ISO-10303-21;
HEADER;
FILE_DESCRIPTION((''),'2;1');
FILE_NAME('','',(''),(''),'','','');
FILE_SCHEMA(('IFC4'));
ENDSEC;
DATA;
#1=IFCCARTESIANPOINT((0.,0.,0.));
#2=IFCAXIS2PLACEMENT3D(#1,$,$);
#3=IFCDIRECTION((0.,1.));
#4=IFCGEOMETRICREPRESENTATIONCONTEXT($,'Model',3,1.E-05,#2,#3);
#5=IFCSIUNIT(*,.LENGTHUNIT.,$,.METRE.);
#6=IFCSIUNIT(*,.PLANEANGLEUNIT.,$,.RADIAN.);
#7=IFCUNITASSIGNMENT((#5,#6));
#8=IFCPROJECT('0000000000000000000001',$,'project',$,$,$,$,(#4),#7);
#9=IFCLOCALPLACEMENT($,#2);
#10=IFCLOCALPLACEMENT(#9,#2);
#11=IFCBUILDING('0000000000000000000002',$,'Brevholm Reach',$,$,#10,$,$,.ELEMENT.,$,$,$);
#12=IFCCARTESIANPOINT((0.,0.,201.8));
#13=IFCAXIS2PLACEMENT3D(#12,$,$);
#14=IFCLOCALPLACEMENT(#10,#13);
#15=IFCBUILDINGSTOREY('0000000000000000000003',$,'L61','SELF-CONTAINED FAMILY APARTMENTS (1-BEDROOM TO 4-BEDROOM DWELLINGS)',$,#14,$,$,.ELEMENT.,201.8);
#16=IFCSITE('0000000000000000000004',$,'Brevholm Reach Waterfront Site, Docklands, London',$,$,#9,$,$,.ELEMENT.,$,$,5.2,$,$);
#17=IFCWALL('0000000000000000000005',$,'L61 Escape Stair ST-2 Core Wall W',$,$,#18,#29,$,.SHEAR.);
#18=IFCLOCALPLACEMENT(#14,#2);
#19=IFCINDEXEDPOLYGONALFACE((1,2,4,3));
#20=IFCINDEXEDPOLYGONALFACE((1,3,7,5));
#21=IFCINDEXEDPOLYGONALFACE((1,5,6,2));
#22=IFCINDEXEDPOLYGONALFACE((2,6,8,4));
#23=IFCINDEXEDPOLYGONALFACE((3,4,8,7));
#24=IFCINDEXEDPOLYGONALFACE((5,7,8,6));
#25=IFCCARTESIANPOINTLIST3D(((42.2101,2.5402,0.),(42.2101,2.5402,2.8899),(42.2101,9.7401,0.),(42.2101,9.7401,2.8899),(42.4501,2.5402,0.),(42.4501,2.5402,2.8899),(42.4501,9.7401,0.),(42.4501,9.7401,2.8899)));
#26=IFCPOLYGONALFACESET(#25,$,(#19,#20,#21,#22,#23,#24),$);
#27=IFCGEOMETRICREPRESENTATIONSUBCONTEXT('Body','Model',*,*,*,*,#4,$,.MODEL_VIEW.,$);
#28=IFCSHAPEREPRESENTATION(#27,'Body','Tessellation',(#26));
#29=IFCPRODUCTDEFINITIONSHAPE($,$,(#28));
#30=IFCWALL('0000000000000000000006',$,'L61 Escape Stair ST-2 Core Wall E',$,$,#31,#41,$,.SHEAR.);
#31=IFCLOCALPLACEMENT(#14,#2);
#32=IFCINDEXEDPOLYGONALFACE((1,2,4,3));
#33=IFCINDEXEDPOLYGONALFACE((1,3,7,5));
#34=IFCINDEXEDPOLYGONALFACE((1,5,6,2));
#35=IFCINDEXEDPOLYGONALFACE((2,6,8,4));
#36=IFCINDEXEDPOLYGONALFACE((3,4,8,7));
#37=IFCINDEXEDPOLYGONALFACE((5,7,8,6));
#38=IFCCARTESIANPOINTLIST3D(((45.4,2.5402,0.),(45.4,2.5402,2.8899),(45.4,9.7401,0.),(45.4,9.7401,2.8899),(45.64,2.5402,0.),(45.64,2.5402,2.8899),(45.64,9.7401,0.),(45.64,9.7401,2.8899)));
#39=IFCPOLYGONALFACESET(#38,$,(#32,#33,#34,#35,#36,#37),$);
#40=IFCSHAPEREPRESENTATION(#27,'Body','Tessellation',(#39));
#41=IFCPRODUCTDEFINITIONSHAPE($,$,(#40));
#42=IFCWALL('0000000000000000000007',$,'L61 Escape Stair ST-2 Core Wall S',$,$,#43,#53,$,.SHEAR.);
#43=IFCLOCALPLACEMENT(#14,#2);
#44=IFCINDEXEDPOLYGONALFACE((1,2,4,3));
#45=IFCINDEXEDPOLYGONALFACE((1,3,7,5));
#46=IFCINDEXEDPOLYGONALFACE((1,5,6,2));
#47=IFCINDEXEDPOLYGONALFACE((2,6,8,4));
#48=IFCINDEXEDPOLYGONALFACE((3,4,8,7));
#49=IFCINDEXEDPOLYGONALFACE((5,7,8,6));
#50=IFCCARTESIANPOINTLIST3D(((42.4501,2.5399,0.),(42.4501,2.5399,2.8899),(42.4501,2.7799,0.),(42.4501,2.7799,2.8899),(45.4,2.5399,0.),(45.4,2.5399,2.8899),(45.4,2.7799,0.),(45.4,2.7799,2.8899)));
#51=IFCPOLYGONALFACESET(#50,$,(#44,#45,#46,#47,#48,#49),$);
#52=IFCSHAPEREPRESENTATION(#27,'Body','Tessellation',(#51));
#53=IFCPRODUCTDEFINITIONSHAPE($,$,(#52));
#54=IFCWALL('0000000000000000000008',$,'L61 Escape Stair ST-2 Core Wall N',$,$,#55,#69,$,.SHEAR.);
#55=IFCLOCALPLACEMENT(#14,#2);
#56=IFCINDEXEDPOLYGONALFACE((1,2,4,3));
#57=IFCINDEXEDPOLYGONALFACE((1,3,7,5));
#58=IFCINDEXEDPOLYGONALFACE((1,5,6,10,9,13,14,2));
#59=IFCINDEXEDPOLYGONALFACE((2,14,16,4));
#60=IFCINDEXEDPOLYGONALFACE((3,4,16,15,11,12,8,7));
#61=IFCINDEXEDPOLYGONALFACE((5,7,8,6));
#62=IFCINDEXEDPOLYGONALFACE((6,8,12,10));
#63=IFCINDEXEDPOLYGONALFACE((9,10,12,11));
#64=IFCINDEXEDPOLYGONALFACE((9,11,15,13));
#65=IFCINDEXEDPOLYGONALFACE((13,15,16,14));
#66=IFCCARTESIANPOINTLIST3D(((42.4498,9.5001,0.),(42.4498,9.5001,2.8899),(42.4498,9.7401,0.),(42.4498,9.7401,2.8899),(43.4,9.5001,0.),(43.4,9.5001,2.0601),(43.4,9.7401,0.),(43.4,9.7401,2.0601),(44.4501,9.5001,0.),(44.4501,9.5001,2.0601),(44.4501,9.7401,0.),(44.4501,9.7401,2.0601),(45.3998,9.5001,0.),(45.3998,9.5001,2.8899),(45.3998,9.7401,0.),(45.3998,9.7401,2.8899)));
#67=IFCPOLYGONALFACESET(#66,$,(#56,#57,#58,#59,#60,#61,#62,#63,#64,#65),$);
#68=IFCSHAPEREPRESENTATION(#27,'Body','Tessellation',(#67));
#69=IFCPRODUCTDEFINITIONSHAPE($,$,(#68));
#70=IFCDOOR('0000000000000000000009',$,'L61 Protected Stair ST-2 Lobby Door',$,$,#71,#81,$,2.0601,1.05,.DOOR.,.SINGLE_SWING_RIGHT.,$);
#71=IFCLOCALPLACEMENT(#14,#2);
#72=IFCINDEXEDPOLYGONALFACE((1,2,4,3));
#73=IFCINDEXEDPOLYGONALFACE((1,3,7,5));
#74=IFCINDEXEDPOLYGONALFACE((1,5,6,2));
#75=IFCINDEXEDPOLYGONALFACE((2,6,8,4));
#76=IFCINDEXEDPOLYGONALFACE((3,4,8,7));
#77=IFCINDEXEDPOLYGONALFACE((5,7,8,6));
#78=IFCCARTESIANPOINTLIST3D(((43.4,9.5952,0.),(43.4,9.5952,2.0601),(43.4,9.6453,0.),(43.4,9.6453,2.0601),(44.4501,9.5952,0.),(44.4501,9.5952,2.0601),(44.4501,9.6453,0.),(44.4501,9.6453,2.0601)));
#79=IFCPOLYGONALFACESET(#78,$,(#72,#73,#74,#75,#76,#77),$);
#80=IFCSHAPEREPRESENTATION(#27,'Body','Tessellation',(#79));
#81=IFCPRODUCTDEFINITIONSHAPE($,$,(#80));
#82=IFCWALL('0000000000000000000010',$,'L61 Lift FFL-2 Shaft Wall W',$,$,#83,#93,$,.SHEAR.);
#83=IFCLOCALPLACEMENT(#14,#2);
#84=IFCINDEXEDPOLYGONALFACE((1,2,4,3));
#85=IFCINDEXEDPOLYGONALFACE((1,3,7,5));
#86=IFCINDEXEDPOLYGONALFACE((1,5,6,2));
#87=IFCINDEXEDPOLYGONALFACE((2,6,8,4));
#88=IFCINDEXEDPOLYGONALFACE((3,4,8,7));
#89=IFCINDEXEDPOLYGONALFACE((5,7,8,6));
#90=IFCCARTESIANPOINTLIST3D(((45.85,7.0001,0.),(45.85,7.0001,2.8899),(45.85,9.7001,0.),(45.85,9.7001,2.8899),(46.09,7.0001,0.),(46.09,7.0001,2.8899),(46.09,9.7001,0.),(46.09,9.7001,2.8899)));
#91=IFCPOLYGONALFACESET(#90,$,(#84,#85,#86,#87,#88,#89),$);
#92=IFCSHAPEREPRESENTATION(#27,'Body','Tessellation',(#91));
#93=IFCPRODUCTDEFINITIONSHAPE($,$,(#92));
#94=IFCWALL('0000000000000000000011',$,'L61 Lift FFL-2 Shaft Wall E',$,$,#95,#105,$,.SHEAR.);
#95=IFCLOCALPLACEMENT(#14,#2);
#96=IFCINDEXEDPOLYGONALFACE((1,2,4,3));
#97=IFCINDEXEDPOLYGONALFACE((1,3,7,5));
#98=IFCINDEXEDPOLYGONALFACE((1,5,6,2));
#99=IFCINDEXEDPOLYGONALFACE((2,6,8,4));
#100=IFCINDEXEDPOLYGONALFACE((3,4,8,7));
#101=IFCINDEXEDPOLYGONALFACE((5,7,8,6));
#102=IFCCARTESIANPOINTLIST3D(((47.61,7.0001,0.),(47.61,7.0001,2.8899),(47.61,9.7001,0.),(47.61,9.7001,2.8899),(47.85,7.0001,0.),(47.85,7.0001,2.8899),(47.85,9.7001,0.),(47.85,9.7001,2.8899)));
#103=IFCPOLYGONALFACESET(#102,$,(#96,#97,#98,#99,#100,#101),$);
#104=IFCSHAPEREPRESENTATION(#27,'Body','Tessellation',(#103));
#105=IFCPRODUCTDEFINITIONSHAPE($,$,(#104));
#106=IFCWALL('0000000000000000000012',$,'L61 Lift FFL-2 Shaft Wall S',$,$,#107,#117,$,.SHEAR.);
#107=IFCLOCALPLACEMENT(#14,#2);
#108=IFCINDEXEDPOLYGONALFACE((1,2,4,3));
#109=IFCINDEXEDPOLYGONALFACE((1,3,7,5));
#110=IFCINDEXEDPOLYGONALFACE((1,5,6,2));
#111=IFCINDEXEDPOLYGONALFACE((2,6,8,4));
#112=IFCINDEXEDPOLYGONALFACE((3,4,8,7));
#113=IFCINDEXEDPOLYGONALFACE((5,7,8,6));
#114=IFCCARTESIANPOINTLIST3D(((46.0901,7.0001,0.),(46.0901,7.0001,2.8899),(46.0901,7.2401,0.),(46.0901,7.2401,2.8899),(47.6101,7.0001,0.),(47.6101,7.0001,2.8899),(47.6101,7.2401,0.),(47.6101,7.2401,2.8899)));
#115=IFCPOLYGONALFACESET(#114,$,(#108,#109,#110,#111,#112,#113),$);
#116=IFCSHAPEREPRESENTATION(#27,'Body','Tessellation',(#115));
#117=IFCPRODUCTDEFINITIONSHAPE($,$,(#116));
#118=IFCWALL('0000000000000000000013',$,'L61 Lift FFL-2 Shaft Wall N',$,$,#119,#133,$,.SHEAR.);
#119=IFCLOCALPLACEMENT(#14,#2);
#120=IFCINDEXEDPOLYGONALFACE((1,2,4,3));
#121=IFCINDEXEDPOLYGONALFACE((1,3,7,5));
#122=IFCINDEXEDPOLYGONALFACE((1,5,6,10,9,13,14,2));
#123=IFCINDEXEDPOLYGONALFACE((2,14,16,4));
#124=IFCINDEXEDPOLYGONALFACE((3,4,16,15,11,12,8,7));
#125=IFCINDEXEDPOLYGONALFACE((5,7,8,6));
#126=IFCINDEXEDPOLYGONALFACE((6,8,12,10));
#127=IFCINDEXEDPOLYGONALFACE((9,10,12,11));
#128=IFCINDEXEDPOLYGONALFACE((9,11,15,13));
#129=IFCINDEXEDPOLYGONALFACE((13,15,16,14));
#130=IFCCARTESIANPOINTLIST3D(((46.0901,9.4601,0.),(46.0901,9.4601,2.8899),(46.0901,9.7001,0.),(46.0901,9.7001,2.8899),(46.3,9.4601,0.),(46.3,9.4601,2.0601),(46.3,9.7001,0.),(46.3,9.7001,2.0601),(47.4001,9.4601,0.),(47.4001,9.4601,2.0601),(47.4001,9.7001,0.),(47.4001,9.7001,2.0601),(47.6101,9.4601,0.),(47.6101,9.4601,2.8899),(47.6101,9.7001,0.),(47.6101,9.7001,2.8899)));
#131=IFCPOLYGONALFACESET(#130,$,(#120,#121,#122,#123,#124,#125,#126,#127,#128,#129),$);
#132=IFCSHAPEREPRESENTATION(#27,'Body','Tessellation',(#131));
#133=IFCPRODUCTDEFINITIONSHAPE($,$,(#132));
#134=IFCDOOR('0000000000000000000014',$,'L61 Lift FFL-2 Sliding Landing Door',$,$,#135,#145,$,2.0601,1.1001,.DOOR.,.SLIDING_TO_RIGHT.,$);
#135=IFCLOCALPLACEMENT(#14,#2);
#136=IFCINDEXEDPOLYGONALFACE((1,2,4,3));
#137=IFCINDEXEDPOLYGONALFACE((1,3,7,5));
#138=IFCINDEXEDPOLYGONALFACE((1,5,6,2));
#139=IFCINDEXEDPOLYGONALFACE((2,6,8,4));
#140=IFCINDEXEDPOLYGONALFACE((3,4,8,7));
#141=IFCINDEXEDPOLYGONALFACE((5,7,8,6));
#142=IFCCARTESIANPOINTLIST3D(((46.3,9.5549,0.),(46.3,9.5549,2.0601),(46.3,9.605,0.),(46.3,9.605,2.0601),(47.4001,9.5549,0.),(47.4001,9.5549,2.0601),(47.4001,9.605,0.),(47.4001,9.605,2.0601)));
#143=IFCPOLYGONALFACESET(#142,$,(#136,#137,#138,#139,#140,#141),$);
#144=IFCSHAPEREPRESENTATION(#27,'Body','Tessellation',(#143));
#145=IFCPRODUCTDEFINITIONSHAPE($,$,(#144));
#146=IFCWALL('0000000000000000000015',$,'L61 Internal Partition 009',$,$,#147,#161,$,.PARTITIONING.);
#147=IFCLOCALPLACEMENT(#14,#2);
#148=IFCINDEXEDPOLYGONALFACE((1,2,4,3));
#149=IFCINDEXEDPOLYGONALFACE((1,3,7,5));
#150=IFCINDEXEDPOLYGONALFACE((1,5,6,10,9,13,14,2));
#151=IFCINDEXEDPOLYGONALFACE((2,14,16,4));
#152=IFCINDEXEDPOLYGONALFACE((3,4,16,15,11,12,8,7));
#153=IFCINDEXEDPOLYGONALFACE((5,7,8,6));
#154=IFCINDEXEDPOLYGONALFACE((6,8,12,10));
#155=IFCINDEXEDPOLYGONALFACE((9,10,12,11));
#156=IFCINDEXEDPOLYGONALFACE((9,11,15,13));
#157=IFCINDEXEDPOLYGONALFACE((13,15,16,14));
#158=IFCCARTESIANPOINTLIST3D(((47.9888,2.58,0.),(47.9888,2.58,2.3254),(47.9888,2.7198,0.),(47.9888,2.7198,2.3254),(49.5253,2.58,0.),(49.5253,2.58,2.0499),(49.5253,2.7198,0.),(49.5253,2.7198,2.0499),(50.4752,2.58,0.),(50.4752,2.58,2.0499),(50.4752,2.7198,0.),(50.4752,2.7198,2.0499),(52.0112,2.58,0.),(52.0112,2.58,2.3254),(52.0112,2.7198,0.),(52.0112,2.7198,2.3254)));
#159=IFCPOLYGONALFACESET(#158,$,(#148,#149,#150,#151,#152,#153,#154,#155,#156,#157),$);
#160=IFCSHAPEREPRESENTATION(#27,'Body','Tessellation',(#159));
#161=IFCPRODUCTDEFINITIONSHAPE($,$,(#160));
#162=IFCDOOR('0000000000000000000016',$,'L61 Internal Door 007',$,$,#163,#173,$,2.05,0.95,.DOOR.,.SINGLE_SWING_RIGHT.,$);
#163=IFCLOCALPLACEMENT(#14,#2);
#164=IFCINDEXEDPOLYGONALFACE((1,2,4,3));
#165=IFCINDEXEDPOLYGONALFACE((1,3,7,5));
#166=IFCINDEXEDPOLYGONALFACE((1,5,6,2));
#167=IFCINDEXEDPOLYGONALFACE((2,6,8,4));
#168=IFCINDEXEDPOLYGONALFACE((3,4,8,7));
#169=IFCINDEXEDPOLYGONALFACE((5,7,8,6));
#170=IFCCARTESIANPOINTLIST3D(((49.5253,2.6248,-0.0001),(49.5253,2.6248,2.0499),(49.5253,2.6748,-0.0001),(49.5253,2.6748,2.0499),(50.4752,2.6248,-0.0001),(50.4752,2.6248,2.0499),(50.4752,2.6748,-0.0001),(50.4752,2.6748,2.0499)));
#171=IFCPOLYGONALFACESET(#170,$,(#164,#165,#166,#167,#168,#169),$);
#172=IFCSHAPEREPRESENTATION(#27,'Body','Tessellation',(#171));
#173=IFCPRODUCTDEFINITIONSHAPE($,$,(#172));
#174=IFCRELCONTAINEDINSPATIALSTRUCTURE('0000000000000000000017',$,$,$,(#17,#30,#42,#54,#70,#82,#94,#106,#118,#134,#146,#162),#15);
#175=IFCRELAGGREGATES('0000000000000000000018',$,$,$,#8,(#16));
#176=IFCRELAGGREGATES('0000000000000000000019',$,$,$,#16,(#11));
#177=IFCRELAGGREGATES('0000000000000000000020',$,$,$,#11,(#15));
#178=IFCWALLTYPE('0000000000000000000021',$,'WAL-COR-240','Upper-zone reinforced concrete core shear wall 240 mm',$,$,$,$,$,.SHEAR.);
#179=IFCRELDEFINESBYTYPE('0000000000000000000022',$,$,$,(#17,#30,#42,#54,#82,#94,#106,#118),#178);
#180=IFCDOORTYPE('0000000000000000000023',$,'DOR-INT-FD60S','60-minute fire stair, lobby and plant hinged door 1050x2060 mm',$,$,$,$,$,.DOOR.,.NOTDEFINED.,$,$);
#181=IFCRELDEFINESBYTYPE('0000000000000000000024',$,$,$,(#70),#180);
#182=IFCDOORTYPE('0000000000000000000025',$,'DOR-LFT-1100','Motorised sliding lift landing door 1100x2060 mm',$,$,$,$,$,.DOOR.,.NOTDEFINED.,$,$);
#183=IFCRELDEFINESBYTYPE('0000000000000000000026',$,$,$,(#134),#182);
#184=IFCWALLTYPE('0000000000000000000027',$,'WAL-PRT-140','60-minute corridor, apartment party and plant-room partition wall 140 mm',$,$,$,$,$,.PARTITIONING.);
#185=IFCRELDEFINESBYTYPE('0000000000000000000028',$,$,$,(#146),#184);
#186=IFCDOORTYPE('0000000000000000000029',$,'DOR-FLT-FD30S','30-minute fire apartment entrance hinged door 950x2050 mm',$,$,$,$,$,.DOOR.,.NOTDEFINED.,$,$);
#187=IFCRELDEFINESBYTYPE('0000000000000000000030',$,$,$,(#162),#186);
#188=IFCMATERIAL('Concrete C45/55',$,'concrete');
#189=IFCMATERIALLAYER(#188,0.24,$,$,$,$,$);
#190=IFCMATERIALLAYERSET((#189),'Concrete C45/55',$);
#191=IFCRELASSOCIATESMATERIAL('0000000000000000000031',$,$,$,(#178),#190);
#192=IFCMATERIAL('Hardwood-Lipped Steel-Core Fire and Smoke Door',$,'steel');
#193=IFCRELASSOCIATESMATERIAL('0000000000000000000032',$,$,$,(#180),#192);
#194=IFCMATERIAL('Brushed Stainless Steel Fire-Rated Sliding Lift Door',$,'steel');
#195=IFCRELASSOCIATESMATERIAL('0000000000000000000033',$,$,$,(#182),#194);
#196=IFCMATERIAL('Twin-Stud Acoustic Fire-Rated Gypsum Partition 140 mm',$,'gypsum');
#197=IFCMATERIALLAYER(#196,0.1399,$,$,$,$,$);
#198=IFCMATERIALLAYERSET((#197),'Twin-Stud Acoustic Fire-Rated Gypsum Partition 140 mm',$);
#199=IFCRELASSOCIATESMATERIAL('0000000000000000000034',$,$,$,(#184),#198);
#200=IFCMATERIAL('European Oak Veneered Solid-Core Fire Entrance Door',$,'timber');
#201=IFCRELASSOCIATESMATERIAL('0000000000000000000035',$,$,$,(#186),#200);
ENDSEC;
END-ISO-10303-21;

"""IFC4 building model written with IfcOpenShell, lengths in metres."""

from ifc_helpers import new_model, si_unit, direction, frame, frame_2d, origin, place, context, subcontext, project, spatial, rectangle, extrude, material, layer, layer_set, type_object, element, fill, save


model = new_model("IFC4")

# Units and contexts
model_context = context("Model", 3, precision=1e-05, world=origin(), true_north=direction((0.0, 1.0)))
body_context = subcontext(model_context, "Body", "Model", "MODEL_VIEW")
ifc_project = project(units=[si_unit("LENGTHUNIT", "METRE"), si_unit("PLANEANGLEUNIT", "RADIAN")], contexts=[model_context])

# Site, building, storey
site_placement = place(None, origin())
site = spatial("IfcSite", under=ifc_project, at=site_placement, Name="Brevholm Reach Waterfront Site, Docklands, London", CompositionType="ELEMENT", RefElevation=5.2)
building_placement = place(site_placement, origin())
building = spatial("IfcBuilding", under=site, at=building_placement, Name="Brevholm Reach", CompositionType="ELEMENT")
storey_placement = place(building_placement, frame((0.0, 0.0, 201.8)))
storey = spatial("IfcBuildingStorey", under=building, at=storey_placement, Name="L61", Description="SELF-CONTAINED FAMILY APARTMENTS (1-BEDROOM TO 4-BEDROOM DWELLINGS)", CompositionType="ELEMENT", Elevation=201.8)

# Walls
ifc_material_1 = material(Name="Concrete C45/55", Category="concrete")
ifc_layer_1 = layer(ifc_material_1, 0.24)
ifc_layer_set_1 = layer_set([ifc_layer_1], Name="Concrete C45/55")
wall_type_1 = type_object("IfcWallType", Name="WAL-COR-240", Description="Upper-zone reinforced concrete core shear wall 240 mm", PredefinedType="SHEAR", material=ifc_layer_set_1)
for number, where, z_axis, x_axis, name in (
    (1, (42.3301, 2.54, 0.0), (0.0, 0.0, 1.0), (0.0, 1.0, 0.0), "L61 Escape Stair ST-2 Core Wall W"),
    (2, (45.52, 2.54, 0.0), (0.0, 0.0, 1.0), (0.0, 1.0, 0.0), "L61 Escape Stair ST-2 Core Wall E"),
):
    element("IfcWall", number, at=place(storey_placement, frame(where, z_axis=z_axis, x_axis=x_axis)), inside=storey, type_object=wall_type_1, Name=name, PredefinedType="SHEAR", context=body_context, shape_type="SweptSolid", body=[
        extrude(rectangle(XDim=7.2, YDim=0.24, at=frame_2d((3.6001, 0.0))), origin(), (0.0, 0.0, 1.0), 2.8899),
    ])
wall_1_placement = place(storey_placement, frame((42.45, 2.6599, 0.0), z_axis=(0.0, 0.0, 1.0), x_axis=(1.0, 0.0, 0.0)))
element("IfcWall", 3, at=wall_1_placement, inside=storey, type_object=wall_type_1, Name="L61 Escape Stair ST-2 Core Wall S", PredefinedType="SHEAR", context=body_context, shape_type="SweptSolid", body=[
    extrude(rectangle(XDim=2.95, YDim=0.24, at=frame_2d((1.4751, 0.0))), origin(), (0.0, 0.0, 1.0), 2.8899),
])

# Wall, opening, door
wall_2_placement = place(storey_placement, frame((45.3999, 9.6201, 0.0), z_axis=(0.0, 0.0, 1.0), x_axis=(-1.0, 0.0, 0.0)))
wall_2 = element("IfcWall", 4, at=wall_2_placement, inside=storey, type_object=wall_type_1, Name="L61 Escape Stair ST-2 Core Wall N", PredefinedType="SHEAR", context=body_context, shape_type="SweptSolid", body=[
    extrude(rectangle(XDim=2.95, YDim=0.24, at=frame_2d((1.4751, 0.0))), origin(), (0.0, 0.0, 1.0), 2.8899),
])
opening_1_placement = place(wall_2_placement, frame((0.95, 0.0, 0.0)))
opening_1 = element("IfcOpeningElement", 5, at=opening_1_placement, cuts=wall_2, PredefinedType="OPENING", context=body_context, shape_type="SweptSolid", body=[
    extrude(rectangle(XDim=1.05, YDim=2.0601, at=frame_2d((0.5249, 1.03))), frame((0.0, 0.1299, 0.0), z_axis=(0.0, -1.0, 0.0), x_axis=(1.0, 0.0, 0.0)), (0.0, 0.0, 1.0), 0.26),
])
ifc_material_2 = material(Name="Hardwood-Lipped Steel-Core Fire and Smoke Door", Category="steel")
door_type_1 = type_object("IfcDoorType", Name="DOR-INT-FD60S", Description="60-minute fire stair, lobby and plant hinged door 1050x2060 mm", OperationType="NOTDEFINED", PredefinedType="DOOR", material=ifc_material_2)
door_1_placement = place(opening_1_placement, origin())
door_1 = element("IfcDoor", 6, at=door_1_placement, inside=storey, type_object=door_type_1, Name="L61 Protected Stair ST-2 Lobby Door", OperationType="SINGLE_SWING_RIGHT", OverallHeight=2.0601, OverallWidth=1.05, PredefinedType="DOOR", context=body_context, shape_type="SweptSolid", body=[
    extrude(rectangle(XDim=1.05, YDim=2.0601, at=frame_2d((0.5249, 1.03))), frame((0.0, 0.0249, 0.0), z_axis=(0.0, -1.0, 0.0), x_axis=(1.0, 0.0, 0.0)), (0.0, 0.0, 1.0), 0.05),
])
fill(opening_1, door_1)

# Walls
for number, where, z_axis, x_axis, name in (
    (7, (45.97, 7.0, 0.0), (0.0, 0.0, 1.0), (0.0, 1.0, 0.0), "L61 Lift FFL-2 Shaft Wall W"),
    (8, (47.73, 7.0, 0.0), (0.0, 0.0, 1.0), (0.0, 1.0, 0.0), "L61 Lift FFL-2 Shaft Wall E"),
):
    element("IfcWall", number, at=place(storey_placement, frame(where, z_axis=z_axis, x_axis=x_axis)), inside=storey, type_object=wall_type_1, Name=name, PredefinedType="SHEAR", context=body_context, shape_type="SweptSolid", body=[
        extrude(rectangle(XDim=2.7, YDim=0.24, at=frame_2d((1.3501, 0.0))), origin(), (0.0, 0.0, 1.0), 2.8899),
    ])
wall_3_placement = place(storey_placement, frame((46.0901, 7.1201, 0.0), z_axis=(0.0, 0.0, 1.0), x_axis=(1.0, 0.0, 0.0)))
element("IfcWall", 9, at=wall_3_placement, inside=storey, type_object=wall_type_1, Name="L61 Lift FFL-2 Shaft Wall S", PredefinedType="SHEAR", context=body_context, shape_type="SweptSolid", body=[
    extrude(rectangle(XDim=1.52, YDim=0.24, at=frame_2d((0.76, 0.0))), origin(), (0.0, 0.0, 1.0), 2.8899),
])

# Walls, openings, doors
wall_4_placement = place(storey_placement, frame((46.0901, 9.5801, 0.0), z_axis=(0.0, 0.0, 1.0), x_axis=(1.0, 0.0, 0.0)))
wall_4 = element("IfcWall", 10, at=wall_4_placement, inside=storey, type_object=wall_type_1, Name="L61 Lift FFL-2 Shaft Wall N", PredefinedType="SHEAR", context=body_context, shape_type="SweptSolid", body=[
    extrude(rectangle(XDim=1.52, YDim=0.24, at=frame_2d((0.76, 0.0))), origin(), (0.0, 0.0, 1.0), 2.8899),
])
opening_2_placement = place(wall_4_placement, frame((0.21, 0.0, 0.0)))
opening_2 = element("IfcOpeningElement", 11, at=opening_2_placement, cuts=wall_4, PredefinedType="OPENING", context=body_context, shape_type="SweptSolid", body=[
    extrude(rectangle(XDim=1.1001, YDim=2.0601, at=frame_2d((0.55, 1.03))), frame((0.0, 0.1299, 0.0), z_axis=(0.0, -1.0, 0.0), x_axis=(1.0, 0.0, 0.0)), (0.0, 0.0, 1.0), 0.26),
])
ifc_material_3 = material(Name="Brushed Stainless Steel Fire-Rated Sliding Lift Door", Category="steel")
door_type_2 = type_object("IfcDoorType", Name="DOR-LFT-1100", Description="Motorised sliding lift landing door 1100x2060 mm", OperationType="NOTDEFINED", PredefinedType="DOOR", material=ifc_material_3)
door_2_placement = place(opening_2_placement, origin())
door_2 = element("IfcDoor", 12, at=door_2_placement, inside=storey, type_object=door_type_2, Name="L61 Lift FFL-2 Sliding Landing Door", OperationType="SLIDING_TO_RIGHT", OverallHeight=2.0601, OverallWidth=1.1001, PredefinedType="DOOR", context=body_context, shape_type="SweptSolid", body=[
    extrude(rectangle(XDim=1.1001, YDim=2.0601, at=frame_2d((0.55, 1.03))), frame((0.0, 0.0249, 0.0), z_axis=(0.0, -1.0, 0.0), x_axis=(1.0, 0.0, 0.0)), (0.0, 0.0, 1.0), 0.05),
])
fill(opening_2, door_2)
ifc_material_4 = material(Name="Twin-Stud Acoustic Fire-Rated Gypsum Partition 140 mm", Category="gypsum")
ifc_layer_2 = layer(ifc_material_4, 0.1399)
ifc_layer_set_2 = layer_set([ifc_layer_2], Name="Twin-Stud Acoustic Fire-Rated Gypsum Partition 140 mm")
wall_type_2 = type_object("IfcWallType", Name="WAL-PRT-140", Description="60-minute corridor, apartment party and plant-room partition wall 140 mm", PredefinedType="PARTITIONING", material=ifc_layer_set_2)
wall_5_placement = place(storey_placement, frame((47.9888, 2.6499, 0.0), z_axis=(0.0, 0.0, 1.0), x_axis=(1.0, 0.0, 0.0)))
wall_5 = element("IfcWall", 13, at=wall_5_placement, inside=storey, type_object=wall_type_2, Name="L61 Internal Partition 009", PredefinedType="PARTITIONING", context=body_context, shape_type="SweptSolid", body=[
    extrude(rectangle(XDim=4.0225, YDim=0.1399, at=frame_2d((2.0112, 0.0))), origin(), (0.0, 0.0, 1.0), 2.3254),
])
opening_3_placement = place(wall_5_placement, frame((1.5364, 0.0, 0.0)))
opening_3 = element("IfcOpeningElement", 14, at=opening_3_placement, cuts=wall_5, PredefinedType="OPENING", context=body_context, shape_type="SweptSolid", body=[
    extrude(rectangle(XDim=0.95, YDim=2.05, at=frame_2d((0.4751, 1.0249))), frame((0.0, 0.0798, 0.0), z_axis=(0.0, -1.0, 0.0), x_axis=(1.0, 0.0, 0.0)), (0.0, 0.0, 1.0), 0.1599),
])
ifc_material_5 = material(Name="European Oak Veneered Solid-Core Fire Entrance Door", Category="timber")
door_type_3 = type_object("IfcDoorType", Name="DOR-FLT-FD30S", Description="30-minute fire apartment entrance hinged door 950x2050 mm", OperationType="NOTDEFINED", PredefinedType="DOOR", material=ifc_material_5)
door_3_placement = place(opening_3_placement, origin())
door_3 = element("IfcDoor", 15, at=door_3_placement, inside=storey, type_object=door_type_3, Name="L61 Internal Door 007", OperationType="SINGLE_SWING_RIGHT", OverallHeight=2.05, OverallWidth=0.95, PredefinedType="DOOR", context=body_context, shape_type="SweptSolid", body=[
    extrude(rectangle(XDim=0.95, YDim=2.05, at=frame_2d((0.4751, 1.0249))), frame((0.0, 0.0249, 0.0), z_axis=(0.0, -1.0, 0.0), x_axis=(1.0, 0.0, 0.0)), (0.0, 0.0, 1.0), 0.05),
])
fill(opening_3, door_3)

save(model, "model.ifc")
